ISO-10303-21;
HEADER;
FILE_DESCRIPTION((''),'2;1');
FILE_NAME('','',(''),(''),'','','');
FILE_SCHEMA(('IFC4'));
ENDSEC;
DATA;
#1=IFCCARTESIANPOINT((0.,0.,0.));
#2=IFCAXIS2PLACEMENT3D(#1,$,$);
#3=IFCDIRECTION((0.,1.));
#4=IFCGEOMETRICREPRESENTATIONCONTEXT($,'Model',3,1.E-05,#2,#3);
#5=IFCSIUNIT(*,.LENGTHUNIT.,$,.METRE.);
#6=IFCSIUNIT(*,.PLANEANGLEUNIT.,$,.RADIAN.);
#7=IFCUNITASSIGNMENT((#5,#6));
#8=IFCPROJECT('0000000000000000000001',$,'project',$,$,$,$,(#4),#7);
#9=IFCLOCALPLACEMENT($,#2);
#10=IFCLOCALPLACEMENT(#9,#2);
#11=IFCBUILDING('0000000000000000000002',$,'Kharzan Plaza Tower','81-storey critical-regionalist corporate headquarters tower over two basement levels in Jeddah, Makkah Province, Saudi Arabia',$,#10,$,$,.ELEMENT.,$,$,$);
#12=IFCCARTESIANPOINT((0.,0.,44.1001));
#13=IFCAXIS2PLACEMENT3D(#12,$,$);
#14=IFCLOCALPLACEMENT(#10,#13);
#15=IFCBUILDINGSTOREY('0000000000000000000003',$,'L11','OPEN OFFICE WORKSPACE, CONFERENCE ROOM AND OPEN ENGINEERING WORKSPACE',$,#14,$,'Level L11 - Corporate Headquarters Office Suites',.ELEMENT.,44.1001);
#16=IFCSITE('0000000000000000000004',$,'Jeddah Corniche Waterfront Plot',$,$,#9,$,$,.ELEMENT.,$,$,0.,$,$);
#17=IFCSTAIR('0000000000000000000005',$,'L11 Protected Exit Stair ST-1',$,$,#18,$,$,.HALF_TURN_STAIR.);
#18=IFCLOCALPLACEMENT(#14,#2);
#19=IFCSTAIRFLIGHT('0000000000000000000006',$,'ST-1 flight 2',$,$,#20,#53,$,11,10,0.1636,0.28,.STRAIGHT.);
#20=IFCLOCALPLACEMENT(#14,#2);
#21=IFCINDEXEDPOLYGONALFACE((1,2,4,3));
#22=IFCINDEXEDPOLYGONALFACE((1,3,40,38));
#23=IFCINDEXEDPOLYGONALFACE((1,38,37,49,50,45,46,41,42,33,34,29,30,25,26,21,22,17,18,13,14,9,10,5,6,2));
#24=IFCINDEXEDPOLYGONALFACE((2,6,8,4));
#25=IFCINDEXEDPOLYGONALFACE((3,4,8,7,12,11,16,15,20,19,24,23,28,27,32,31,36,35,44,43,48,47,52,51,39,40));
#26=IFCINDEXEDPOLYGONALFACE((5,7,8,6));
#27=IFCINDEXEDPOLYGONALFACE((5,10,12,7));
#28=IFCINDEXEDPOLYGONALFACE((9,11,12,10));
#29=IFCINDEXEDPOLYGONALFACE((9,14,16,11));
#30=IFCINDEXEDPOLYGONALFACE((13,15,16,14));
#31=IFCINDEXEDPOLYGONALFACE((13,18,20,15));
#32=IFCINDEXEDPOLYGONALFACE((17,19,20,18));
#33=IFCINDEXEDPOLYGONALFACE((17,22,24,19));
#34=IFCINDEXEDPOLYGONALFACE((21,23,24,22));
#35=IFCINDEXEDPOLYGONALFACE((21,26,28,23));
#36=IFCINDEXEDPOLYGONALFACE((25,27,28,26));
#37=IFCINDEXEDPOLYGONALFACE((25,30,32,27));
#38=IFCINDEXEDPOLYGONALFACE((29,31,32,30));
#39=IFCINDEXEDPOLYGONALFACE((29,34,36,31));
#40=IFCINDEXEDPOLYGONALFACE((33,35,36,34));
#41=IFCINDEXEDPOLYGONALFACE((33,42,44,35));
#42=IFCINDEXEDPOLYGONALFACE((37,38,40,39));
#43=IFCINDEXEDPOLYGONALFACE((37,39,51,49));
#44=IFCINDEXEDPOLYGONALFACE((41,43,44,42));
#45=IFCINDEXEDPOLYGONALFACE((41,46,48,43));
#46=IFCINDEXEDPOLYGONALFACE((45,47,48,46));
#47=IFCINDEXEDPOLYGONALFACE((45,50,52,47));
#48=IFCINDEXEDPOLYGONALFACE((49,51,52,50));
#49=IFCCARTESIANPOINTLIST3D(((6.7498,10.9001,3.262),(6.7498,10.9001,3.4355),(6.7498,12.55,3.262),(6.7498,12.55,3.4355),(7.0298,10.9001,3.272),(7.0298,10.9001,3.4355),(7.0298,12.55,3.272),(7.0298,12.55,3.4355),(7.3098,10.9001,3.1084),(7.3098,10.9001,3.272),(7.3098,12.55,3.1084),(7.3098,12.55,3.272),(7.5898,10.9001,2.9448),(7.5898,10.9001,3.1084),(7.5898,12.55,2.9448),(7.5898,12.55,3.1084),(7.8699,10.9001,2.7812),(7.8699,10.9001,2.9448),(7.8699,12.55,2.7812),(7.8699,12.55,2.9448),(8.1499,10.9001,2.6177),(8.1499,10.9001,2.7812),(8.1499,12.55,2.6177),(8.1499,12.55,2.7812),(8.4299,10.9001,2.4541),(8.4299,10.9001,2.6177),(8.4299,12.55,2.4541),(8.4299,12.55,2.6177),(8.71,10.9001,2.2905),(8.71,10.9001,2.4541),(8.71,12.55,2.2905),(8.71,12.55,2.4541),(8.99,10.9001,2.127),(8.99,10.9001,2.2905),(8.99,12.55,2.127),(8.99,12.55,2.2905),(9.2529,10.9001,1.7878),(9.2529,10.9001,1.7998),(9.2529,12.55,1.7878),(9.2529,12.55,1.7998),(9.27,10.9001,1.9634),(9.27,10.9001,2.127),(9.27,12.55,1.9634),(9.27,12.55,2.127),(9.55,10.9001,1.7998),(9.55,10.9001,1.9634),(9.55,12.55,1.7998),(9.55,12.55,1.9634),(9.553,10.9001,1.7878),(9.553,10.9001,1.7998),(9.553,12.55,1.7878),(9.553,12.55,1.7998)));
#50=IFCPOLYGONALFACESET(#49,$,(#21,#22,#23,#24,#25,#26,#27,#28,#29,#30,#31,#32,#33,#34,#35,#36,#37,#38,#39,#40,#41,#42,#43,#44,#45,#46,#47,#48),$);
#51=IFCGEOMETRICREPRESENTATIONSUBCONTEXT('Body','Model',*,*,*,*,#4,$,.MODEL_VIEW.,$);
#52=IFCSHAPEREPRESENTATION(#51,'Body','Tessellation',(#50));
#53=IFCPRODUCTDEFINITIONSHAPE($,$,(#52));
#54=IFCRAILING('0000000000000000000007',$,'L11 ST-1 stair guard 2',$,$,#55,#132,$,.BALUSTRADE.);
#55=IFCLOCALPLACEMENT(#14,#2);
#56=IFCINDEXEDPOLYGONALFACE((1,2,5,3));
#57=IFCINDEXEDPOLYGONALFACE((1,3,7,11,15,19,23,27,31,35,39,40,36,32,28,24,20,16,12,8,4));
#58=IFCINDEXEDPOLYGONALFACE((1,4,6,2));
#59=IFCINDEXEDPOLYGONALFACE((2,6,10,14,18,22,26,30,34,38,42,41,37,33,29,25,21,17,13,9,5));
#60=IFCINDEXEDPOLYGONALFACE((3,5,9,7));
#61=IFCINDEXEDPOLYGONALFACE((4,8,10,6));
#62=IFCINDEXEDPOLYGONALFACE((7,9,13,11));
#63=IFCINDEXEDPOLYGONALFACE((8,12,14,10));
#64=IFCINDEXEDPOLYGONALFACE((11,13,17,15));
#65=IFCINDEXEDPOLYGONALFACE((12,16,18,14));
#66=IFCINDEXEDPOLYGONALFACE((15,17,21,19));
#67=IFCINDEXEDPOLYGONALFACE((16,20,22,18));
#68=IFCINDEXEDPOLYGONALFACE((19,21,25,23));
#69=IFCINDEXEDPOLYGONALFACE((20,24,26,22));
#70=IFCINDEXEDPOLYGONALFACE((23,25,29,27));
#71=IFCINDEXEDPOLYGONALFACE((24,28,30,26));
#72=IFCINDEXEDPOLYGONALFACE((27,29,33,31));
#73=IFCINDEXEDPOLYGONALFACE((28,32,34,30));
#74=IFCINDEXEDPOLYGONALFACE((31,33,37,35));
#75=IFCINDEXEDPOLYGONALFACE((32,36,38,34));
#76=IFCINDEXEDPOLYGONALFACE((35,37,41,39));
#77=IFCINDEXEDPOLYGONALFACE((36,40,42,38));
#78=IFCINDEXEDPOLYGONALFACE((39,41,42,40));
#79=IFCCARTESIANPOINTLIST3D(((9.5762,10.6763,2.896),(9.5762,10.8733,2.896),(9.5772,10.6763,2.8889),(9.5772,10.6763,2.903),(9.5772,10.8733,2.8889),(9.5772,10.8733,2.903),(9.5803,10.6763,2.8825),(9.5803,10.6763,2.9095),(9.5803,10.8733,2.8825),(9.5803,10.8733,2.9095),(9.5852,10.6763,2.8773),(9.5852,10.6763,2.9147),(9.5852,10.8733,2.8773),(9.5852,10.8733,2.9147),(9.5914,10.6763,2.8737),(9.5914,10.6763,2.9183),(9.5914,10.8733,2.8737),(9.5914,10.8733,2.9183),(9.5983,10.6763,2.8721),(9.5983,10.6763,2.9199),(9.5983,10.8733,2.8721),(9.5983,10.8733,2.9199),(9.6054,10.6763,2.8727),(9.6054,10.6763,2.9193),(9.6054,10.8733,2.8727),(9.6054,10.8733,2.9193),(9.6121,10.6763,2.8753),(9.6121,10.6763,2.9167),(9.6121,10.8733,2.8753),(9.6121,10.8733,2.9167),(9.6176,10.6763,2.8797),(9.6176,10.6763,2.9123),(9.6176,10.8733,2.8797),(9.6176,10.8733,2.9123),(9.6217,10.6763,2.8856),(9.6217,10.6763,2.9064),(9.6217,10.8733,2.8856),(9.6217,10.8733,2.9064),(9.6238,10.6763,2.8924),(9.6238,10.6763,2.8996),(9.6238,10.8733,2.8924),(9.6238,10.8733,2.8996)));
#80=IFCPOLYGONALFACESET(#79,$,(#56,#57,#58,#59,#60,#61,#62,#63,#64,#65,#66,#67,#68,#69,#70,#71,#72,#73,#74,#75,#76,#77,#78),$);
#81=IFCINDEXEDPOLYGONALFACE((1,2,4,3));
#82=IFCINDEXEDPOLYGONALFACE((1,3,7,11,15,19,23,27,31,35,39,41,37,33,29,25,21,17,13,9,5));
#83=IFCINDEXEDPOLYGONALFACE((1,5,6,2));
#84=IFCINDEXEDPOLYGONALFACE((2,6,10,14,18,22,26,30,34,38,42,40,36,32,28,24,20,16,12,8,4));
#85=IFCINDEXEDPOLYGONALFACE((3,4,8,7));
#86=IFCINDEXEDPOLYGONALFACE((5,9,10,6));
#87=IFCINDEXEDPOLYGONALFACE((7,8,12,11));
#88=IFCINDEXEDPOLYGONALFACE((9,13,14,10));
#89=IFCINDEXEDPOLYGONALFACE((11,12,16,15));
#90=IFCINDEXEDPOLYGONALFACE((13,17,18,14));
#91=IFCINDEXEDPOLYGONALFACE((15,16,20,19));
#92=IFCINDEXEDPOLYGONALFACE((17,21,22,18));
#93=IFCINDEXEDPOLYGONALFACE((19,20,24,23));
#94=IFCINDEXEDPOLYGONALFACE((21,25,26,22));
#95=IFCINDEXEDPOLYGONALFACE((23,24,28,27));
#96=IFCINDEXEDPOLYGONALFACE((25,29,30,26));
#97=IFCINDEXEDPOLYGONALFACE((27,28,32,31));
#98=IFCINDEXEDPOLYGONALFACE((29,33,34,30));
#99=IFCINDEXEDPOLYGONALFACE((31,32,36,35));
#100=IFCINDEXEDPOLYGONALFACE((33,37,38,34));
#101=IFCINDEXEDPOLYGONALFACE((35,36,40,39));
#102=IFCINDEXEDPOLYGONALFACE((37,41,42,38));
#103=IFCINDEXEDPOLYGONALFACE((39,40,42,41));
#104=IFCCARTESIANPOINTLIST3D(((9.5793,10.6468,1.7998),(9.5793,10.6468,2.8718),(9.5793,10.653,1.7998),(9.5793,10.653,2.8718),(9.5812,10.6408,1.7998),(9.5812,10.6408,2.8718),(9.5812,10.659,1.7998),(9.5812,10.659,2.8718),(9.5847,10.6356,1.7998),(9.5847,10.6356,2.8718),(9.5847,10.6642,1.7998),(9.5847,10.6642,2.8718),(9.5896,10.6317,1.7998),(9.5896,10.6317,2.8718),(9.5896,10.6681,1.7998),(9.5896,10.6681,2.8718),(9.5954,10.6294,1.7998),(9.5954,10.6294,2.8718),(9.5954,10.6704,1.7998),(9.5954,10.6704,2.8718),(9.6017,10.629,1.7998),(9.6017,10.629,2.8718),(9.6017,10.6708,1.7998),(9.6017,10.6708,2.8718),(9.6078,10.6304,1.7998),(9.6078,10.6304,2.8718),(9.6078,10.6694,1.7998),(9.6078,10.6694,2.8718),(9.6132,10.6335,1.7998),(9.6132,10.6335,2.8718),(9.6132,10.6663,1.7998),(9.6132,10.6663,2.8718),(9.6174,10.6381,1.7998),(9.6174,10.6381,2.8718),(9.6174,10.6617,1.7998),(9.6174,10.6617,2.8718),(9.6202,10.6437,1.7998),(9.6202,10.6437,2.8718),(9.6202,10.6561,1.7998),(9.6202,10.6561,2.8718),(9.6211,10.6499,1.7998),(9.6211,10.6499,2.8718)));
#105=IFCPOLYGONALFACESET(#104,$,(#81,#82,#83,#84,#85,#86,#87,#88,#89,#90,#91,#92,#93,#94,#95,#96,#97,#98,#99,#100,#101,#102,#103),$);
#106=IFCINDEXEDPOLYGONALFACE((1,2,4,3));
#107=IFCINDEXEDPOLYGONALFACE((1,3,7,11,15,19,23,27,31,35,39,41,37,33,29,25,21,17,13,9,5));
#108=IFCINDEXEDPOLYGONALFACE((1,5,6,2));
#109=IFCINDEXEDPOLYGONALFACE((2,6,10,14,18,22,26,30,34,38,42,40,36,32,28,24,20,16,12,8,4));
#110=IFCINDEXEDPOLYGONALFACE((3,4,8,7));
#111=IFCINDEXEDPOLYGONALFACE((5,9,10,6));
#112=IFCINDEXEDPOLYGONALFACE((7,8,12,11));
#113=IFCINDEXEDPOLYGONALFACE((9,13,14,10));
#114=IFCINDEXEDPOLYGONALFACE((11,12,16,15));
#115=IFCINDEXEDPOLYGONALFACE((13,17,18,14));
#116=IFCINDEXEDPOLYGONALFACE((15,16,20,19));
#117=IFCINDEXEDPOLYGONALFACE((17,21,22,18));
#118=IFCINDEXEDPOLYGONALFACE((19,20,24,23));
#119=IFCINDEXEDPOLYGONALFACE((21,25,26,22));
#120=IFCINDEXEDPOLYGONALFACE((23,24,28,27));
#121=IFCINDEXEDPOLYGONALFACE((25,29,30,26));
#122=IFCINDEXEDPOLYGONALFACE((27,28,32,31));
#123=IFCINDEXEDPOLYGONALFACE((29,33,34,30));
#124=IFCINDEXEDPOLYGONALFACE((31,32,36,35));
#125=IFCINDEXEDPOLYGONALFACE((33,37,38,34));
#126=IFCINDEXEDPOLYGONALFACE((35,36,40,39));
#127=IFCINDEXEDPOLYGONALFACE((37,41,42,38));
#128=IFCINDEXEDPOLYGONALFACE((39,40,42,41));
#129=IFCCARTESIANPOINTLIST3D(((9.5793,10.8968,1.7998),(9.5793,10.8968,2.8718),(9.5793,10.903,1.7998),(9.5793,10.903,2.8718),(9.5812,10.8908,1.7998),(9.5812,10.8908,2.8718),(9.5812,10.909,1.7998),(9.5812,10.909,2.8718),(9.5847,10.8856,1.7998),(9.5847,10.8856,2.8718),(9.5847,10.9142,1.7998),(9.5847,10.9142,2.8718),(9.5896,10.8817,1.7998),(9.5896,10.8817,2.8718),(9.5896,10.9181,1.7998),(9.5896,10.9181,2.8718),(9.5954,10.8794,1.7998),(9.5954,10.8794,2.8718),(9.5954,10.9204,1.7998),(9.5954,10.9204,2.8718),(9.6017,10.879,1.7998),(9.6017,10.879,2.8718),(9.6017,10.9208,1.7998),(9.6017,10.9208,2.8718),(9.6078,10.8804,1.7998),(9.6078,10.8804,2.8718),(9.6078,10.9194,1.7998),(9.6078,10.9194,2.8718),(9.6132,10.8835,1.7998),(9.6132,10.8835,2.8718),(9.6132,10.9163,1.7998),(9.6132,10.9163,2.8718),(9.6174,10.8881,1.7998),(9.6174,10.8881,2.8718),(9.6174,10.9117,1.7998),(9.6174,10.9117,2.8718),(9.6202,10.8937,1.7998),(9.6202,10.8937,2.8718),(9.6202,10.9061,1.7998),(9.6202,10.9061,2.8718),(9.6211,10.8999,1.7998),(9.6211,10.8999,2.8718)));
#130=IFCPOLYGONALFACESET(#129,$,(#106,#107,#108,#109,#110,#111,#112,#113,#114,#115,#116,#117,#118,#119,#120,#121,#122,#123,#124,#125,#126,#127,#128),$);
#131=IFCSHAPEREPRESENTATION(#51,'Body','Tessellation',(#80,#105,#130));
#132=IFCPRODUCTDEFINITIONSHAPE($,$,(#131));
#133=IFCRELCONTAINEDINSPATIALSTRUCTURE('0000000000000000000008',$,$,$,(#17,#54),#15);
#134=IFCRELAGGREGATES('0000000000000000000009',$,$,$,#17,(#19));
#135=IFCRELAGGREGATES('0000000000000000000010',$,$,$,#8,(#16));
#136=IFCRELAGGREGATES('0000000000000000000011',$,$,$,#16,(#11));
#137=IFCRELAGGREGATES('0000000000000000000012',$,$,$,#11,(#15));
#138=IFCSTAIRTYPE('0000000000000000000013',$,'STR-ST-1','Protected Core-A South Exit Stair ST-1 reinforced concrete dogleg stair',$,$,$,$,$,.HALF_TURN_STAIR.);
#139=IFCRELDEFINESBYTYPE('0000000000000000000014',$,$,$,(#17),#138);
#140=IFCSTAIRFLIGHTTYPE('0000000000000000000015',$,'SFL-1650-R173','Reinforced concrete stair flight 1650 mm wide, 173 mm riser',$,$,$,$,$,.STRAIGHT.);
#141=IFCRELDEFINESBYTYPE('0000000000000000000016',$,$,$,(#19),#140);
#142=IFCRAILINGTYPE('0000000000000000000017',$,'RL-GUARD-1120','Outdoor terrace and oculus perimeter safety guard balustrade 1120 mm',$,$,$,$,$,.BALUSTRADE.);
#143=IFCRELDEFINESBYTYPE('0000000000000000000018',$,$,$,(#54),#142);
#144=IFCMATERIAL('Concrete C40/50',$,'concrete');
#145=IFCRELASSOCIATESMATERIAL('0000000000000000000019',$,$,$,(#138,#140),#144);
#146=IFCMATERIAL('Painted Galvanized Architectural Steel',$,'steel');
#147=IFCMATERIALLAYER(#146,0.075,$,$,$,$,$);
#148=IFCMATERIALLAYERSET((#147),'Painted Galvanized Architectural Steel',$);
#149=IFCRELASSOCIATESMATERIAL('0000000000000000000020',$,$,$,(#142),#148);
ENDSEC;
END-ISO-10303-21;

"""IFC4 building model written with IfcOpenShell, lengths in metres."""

from ifc_helpers import new_model, si_unit, direction, frame, origin, origin_2d, place, context, subcontext, project, spatial, polyline, circle, outline, extrude, source, transform, mapped, material, layer, layer_set, type_object, element, aggregate, save


model = new_model("IFC4")

# Units and contexts
model_context = context("Model", 3, precision=1e-05, world=origin(), true_north=direction((0.0, 1.0)))
body_context = subcontext(model_context, "Body", "Model", "MODEL_VIEW")
ifc_project = project(units=[si_unit("LENGTHUNIT", "METRE"), si_unit("PLANEANGLEUNIT", "RADIAN")], contexts=[model_context])

# Site, building, storey
site_placement = place(None, origin())
site = spatial("IfcSite", under=ifc_project, at=site_placement, Name="Jeddah Corniche Waterfront Plot", CompositionType="ELEMENT", RefElevation=0.0)
building_placement = place(site_placement, origin())
building = spatial("IfcBuilding", under=site, at=building_placement, Name="Kharzan Plaza Tower", Description="81-storey critical-regionalist corporate headquarters tower over two basement levels in Jeddah, Makkah Province, Saudi Arabia", CompositionType="ELEMENT")
storey_placement = place(building_placement, frame((0.0, 0.0, 44.1001)))
storey = spatial("IfcBuildingStorey", under=building, at=storey_placement, Name="L11", Description="OPEN OFFICE WORKSPACE, CONFERENCE ROOM AND OPEN ENGINEERING WORKSPACE", LongName="Level L11 - Corporate Headquarters Office Suites", CompositionType="ELEMENT", Elevation=44.1001)

# Shared definitions
ifc_material_1 = material(Name="Concrete C40/50", Category="concrete")

# Stair, stair flight
stair_type = type_object("IfcStairType", Name="STR-ST-1", Description="Protected Core-A South Exit Stair ST-1 reinforced concrete dogleg stair", PredefinedType="HALF_TURN_STAIR", material=ifc_material_1)
stair_placement = place(storey_placement, origin())
stair = element("IfcStair", 1, at=stair_placement, inside=storey, type_object=stair_type, Name="L11 Protected Exit Stair ST-1", PredefinedType="HALF_TURN_STAIR")
stair_flight_type = type_object("IfcStairFlightType", Name="SFL-1650-R173", Description="Reinforced concrete stair flight 1650 mm wide, 173 mm riser", PredefinedType="STRAIGHT", material=ifc_material_1)
shared_shape_1 = source(origin(), body_context, "Body", "SweptSolid", [
    extrude(outline(polyline([(-0.0029, -0.012), (-0.0029, 0.0), (0.0, 0.0), (0.0, 0.1636), (0.28, 0.1636), (0.28, 0.3271), (0.5601, 0.3271), (0.5601, 0.4907), (0.8401, 0.4907), (0.8401, 0.6543), (1.1201, 0.6543), (1.1201, 0.8179), (1.4001, 0.8179), (1.4001, 0.9814), (1.6802, 0.9814), (1.6802, 1.145), (1.9602, 1.145), (1.9602, 1.3086), (2.2402, 1.3086), (2.2402, 1.4722), (2.5203, 1.4722), (2.5203, 1.6357), (2.8003, 1.6357), (2.8003, 1.7993), (2.8003, 1.4622), (0.2971, 0.0), (0.2971, -0.012), (-0.0029, -0.012)])), frame((0.0, 0.825, 0.0), z_axis=(0.0, -1.0, 0.0), x_axis=(1.0, 0.0, 0.0)), (0.0, 0.0, 1.0), 1.6499),
])
stair_flight_1_placement = place(storey_placement, frame((9.55, 11.7251, 1.7998), z_axis=(0.0, 0.0, 1.0), x_axis=(-1.0, 0.0, 0.0)))
stair_flight_1 = element("IfcStairFlight", 2, at=stair_flight_1_placement, type_object=stair_flight_type, Name="ST-1 flight 2", NumberOfRisers=11, NumberOfTreads=10, PredefinedType="STRAIGHT", RiserHeight=0.1636, TreadLength=0.28, context=body_context, shape_type="MappedRepresentation", body=[
    mapped(shared_shape_1, transform((0.0, 0.0, 0.0), x_axis=(1.0, 0.0, 0.0), y_axis=(0.0, 1.0, 0.0), z_axis=(0.0, 0.0, 1.0))),
])
aggregate(stair, [stair_flight_1])

# Railing
ifc_material_2 = material(Name="Painted Galvanized Architectural Steel", Category="steel")
ifc_layer_1 = layer(ifc_material_2, 0.075)
ifc_layer_set_1 = layer_set([ifc_layer_1], Name="Painted Galvanized Architectural Steel")
railing_type_1 = type_object("IfcRailingType", Name="RL-GUARD-1120", Description="Outdoor terrace and oculus perimeter safety guard balustrade 1120 mm", PredefinedType="BALUSTRADE", material=ifc_layer_set_1)
shared_shape_2 = source(origin(), body_context, "Body", "SweptSolid", [
    extrude(circle(Radius=0.0239, at=origin_2d()), frame((0.0, 0.0264, 1.0962), z_axis=(0.0, 1.0, 0.0), x_axis=(-1.0, 0.0, 0.0)), (0.0, 0.0, 1.0), 0.197),
    extrude(circle(Radius=0.021, at=origin_2d()), origin(), (0.0, 0.0, 1.0), 1.072),
    extrude(circle(Radius=0.021, at=origin_2d()), frame((0.0, 0.25, 0.0)), (0.0, 0.0, 1.0), 1.072),
])
railing_1_placement = place(storey_placement, frame((9.6001, 10.6499, 1.7998)))
element("IfcRailing", 3, at=railing_1_placement, inside=storey, type_object=railing_type_1, Name="L11 ST-1 stair guard 2", PredefinedType="BALUSTRADE", context=body_context, shape_type="MappedRepresentation", body=[
    mapped(shared_shape_2, transform((0.0, 0.0, 0.0), x_axis=(1.0, 0.0, 0.0), y_axis=(0.0, 1.0, 0.0), z_axis=(0.0, 0.0, 1.0))),
])

save(model, "model.ifc")
